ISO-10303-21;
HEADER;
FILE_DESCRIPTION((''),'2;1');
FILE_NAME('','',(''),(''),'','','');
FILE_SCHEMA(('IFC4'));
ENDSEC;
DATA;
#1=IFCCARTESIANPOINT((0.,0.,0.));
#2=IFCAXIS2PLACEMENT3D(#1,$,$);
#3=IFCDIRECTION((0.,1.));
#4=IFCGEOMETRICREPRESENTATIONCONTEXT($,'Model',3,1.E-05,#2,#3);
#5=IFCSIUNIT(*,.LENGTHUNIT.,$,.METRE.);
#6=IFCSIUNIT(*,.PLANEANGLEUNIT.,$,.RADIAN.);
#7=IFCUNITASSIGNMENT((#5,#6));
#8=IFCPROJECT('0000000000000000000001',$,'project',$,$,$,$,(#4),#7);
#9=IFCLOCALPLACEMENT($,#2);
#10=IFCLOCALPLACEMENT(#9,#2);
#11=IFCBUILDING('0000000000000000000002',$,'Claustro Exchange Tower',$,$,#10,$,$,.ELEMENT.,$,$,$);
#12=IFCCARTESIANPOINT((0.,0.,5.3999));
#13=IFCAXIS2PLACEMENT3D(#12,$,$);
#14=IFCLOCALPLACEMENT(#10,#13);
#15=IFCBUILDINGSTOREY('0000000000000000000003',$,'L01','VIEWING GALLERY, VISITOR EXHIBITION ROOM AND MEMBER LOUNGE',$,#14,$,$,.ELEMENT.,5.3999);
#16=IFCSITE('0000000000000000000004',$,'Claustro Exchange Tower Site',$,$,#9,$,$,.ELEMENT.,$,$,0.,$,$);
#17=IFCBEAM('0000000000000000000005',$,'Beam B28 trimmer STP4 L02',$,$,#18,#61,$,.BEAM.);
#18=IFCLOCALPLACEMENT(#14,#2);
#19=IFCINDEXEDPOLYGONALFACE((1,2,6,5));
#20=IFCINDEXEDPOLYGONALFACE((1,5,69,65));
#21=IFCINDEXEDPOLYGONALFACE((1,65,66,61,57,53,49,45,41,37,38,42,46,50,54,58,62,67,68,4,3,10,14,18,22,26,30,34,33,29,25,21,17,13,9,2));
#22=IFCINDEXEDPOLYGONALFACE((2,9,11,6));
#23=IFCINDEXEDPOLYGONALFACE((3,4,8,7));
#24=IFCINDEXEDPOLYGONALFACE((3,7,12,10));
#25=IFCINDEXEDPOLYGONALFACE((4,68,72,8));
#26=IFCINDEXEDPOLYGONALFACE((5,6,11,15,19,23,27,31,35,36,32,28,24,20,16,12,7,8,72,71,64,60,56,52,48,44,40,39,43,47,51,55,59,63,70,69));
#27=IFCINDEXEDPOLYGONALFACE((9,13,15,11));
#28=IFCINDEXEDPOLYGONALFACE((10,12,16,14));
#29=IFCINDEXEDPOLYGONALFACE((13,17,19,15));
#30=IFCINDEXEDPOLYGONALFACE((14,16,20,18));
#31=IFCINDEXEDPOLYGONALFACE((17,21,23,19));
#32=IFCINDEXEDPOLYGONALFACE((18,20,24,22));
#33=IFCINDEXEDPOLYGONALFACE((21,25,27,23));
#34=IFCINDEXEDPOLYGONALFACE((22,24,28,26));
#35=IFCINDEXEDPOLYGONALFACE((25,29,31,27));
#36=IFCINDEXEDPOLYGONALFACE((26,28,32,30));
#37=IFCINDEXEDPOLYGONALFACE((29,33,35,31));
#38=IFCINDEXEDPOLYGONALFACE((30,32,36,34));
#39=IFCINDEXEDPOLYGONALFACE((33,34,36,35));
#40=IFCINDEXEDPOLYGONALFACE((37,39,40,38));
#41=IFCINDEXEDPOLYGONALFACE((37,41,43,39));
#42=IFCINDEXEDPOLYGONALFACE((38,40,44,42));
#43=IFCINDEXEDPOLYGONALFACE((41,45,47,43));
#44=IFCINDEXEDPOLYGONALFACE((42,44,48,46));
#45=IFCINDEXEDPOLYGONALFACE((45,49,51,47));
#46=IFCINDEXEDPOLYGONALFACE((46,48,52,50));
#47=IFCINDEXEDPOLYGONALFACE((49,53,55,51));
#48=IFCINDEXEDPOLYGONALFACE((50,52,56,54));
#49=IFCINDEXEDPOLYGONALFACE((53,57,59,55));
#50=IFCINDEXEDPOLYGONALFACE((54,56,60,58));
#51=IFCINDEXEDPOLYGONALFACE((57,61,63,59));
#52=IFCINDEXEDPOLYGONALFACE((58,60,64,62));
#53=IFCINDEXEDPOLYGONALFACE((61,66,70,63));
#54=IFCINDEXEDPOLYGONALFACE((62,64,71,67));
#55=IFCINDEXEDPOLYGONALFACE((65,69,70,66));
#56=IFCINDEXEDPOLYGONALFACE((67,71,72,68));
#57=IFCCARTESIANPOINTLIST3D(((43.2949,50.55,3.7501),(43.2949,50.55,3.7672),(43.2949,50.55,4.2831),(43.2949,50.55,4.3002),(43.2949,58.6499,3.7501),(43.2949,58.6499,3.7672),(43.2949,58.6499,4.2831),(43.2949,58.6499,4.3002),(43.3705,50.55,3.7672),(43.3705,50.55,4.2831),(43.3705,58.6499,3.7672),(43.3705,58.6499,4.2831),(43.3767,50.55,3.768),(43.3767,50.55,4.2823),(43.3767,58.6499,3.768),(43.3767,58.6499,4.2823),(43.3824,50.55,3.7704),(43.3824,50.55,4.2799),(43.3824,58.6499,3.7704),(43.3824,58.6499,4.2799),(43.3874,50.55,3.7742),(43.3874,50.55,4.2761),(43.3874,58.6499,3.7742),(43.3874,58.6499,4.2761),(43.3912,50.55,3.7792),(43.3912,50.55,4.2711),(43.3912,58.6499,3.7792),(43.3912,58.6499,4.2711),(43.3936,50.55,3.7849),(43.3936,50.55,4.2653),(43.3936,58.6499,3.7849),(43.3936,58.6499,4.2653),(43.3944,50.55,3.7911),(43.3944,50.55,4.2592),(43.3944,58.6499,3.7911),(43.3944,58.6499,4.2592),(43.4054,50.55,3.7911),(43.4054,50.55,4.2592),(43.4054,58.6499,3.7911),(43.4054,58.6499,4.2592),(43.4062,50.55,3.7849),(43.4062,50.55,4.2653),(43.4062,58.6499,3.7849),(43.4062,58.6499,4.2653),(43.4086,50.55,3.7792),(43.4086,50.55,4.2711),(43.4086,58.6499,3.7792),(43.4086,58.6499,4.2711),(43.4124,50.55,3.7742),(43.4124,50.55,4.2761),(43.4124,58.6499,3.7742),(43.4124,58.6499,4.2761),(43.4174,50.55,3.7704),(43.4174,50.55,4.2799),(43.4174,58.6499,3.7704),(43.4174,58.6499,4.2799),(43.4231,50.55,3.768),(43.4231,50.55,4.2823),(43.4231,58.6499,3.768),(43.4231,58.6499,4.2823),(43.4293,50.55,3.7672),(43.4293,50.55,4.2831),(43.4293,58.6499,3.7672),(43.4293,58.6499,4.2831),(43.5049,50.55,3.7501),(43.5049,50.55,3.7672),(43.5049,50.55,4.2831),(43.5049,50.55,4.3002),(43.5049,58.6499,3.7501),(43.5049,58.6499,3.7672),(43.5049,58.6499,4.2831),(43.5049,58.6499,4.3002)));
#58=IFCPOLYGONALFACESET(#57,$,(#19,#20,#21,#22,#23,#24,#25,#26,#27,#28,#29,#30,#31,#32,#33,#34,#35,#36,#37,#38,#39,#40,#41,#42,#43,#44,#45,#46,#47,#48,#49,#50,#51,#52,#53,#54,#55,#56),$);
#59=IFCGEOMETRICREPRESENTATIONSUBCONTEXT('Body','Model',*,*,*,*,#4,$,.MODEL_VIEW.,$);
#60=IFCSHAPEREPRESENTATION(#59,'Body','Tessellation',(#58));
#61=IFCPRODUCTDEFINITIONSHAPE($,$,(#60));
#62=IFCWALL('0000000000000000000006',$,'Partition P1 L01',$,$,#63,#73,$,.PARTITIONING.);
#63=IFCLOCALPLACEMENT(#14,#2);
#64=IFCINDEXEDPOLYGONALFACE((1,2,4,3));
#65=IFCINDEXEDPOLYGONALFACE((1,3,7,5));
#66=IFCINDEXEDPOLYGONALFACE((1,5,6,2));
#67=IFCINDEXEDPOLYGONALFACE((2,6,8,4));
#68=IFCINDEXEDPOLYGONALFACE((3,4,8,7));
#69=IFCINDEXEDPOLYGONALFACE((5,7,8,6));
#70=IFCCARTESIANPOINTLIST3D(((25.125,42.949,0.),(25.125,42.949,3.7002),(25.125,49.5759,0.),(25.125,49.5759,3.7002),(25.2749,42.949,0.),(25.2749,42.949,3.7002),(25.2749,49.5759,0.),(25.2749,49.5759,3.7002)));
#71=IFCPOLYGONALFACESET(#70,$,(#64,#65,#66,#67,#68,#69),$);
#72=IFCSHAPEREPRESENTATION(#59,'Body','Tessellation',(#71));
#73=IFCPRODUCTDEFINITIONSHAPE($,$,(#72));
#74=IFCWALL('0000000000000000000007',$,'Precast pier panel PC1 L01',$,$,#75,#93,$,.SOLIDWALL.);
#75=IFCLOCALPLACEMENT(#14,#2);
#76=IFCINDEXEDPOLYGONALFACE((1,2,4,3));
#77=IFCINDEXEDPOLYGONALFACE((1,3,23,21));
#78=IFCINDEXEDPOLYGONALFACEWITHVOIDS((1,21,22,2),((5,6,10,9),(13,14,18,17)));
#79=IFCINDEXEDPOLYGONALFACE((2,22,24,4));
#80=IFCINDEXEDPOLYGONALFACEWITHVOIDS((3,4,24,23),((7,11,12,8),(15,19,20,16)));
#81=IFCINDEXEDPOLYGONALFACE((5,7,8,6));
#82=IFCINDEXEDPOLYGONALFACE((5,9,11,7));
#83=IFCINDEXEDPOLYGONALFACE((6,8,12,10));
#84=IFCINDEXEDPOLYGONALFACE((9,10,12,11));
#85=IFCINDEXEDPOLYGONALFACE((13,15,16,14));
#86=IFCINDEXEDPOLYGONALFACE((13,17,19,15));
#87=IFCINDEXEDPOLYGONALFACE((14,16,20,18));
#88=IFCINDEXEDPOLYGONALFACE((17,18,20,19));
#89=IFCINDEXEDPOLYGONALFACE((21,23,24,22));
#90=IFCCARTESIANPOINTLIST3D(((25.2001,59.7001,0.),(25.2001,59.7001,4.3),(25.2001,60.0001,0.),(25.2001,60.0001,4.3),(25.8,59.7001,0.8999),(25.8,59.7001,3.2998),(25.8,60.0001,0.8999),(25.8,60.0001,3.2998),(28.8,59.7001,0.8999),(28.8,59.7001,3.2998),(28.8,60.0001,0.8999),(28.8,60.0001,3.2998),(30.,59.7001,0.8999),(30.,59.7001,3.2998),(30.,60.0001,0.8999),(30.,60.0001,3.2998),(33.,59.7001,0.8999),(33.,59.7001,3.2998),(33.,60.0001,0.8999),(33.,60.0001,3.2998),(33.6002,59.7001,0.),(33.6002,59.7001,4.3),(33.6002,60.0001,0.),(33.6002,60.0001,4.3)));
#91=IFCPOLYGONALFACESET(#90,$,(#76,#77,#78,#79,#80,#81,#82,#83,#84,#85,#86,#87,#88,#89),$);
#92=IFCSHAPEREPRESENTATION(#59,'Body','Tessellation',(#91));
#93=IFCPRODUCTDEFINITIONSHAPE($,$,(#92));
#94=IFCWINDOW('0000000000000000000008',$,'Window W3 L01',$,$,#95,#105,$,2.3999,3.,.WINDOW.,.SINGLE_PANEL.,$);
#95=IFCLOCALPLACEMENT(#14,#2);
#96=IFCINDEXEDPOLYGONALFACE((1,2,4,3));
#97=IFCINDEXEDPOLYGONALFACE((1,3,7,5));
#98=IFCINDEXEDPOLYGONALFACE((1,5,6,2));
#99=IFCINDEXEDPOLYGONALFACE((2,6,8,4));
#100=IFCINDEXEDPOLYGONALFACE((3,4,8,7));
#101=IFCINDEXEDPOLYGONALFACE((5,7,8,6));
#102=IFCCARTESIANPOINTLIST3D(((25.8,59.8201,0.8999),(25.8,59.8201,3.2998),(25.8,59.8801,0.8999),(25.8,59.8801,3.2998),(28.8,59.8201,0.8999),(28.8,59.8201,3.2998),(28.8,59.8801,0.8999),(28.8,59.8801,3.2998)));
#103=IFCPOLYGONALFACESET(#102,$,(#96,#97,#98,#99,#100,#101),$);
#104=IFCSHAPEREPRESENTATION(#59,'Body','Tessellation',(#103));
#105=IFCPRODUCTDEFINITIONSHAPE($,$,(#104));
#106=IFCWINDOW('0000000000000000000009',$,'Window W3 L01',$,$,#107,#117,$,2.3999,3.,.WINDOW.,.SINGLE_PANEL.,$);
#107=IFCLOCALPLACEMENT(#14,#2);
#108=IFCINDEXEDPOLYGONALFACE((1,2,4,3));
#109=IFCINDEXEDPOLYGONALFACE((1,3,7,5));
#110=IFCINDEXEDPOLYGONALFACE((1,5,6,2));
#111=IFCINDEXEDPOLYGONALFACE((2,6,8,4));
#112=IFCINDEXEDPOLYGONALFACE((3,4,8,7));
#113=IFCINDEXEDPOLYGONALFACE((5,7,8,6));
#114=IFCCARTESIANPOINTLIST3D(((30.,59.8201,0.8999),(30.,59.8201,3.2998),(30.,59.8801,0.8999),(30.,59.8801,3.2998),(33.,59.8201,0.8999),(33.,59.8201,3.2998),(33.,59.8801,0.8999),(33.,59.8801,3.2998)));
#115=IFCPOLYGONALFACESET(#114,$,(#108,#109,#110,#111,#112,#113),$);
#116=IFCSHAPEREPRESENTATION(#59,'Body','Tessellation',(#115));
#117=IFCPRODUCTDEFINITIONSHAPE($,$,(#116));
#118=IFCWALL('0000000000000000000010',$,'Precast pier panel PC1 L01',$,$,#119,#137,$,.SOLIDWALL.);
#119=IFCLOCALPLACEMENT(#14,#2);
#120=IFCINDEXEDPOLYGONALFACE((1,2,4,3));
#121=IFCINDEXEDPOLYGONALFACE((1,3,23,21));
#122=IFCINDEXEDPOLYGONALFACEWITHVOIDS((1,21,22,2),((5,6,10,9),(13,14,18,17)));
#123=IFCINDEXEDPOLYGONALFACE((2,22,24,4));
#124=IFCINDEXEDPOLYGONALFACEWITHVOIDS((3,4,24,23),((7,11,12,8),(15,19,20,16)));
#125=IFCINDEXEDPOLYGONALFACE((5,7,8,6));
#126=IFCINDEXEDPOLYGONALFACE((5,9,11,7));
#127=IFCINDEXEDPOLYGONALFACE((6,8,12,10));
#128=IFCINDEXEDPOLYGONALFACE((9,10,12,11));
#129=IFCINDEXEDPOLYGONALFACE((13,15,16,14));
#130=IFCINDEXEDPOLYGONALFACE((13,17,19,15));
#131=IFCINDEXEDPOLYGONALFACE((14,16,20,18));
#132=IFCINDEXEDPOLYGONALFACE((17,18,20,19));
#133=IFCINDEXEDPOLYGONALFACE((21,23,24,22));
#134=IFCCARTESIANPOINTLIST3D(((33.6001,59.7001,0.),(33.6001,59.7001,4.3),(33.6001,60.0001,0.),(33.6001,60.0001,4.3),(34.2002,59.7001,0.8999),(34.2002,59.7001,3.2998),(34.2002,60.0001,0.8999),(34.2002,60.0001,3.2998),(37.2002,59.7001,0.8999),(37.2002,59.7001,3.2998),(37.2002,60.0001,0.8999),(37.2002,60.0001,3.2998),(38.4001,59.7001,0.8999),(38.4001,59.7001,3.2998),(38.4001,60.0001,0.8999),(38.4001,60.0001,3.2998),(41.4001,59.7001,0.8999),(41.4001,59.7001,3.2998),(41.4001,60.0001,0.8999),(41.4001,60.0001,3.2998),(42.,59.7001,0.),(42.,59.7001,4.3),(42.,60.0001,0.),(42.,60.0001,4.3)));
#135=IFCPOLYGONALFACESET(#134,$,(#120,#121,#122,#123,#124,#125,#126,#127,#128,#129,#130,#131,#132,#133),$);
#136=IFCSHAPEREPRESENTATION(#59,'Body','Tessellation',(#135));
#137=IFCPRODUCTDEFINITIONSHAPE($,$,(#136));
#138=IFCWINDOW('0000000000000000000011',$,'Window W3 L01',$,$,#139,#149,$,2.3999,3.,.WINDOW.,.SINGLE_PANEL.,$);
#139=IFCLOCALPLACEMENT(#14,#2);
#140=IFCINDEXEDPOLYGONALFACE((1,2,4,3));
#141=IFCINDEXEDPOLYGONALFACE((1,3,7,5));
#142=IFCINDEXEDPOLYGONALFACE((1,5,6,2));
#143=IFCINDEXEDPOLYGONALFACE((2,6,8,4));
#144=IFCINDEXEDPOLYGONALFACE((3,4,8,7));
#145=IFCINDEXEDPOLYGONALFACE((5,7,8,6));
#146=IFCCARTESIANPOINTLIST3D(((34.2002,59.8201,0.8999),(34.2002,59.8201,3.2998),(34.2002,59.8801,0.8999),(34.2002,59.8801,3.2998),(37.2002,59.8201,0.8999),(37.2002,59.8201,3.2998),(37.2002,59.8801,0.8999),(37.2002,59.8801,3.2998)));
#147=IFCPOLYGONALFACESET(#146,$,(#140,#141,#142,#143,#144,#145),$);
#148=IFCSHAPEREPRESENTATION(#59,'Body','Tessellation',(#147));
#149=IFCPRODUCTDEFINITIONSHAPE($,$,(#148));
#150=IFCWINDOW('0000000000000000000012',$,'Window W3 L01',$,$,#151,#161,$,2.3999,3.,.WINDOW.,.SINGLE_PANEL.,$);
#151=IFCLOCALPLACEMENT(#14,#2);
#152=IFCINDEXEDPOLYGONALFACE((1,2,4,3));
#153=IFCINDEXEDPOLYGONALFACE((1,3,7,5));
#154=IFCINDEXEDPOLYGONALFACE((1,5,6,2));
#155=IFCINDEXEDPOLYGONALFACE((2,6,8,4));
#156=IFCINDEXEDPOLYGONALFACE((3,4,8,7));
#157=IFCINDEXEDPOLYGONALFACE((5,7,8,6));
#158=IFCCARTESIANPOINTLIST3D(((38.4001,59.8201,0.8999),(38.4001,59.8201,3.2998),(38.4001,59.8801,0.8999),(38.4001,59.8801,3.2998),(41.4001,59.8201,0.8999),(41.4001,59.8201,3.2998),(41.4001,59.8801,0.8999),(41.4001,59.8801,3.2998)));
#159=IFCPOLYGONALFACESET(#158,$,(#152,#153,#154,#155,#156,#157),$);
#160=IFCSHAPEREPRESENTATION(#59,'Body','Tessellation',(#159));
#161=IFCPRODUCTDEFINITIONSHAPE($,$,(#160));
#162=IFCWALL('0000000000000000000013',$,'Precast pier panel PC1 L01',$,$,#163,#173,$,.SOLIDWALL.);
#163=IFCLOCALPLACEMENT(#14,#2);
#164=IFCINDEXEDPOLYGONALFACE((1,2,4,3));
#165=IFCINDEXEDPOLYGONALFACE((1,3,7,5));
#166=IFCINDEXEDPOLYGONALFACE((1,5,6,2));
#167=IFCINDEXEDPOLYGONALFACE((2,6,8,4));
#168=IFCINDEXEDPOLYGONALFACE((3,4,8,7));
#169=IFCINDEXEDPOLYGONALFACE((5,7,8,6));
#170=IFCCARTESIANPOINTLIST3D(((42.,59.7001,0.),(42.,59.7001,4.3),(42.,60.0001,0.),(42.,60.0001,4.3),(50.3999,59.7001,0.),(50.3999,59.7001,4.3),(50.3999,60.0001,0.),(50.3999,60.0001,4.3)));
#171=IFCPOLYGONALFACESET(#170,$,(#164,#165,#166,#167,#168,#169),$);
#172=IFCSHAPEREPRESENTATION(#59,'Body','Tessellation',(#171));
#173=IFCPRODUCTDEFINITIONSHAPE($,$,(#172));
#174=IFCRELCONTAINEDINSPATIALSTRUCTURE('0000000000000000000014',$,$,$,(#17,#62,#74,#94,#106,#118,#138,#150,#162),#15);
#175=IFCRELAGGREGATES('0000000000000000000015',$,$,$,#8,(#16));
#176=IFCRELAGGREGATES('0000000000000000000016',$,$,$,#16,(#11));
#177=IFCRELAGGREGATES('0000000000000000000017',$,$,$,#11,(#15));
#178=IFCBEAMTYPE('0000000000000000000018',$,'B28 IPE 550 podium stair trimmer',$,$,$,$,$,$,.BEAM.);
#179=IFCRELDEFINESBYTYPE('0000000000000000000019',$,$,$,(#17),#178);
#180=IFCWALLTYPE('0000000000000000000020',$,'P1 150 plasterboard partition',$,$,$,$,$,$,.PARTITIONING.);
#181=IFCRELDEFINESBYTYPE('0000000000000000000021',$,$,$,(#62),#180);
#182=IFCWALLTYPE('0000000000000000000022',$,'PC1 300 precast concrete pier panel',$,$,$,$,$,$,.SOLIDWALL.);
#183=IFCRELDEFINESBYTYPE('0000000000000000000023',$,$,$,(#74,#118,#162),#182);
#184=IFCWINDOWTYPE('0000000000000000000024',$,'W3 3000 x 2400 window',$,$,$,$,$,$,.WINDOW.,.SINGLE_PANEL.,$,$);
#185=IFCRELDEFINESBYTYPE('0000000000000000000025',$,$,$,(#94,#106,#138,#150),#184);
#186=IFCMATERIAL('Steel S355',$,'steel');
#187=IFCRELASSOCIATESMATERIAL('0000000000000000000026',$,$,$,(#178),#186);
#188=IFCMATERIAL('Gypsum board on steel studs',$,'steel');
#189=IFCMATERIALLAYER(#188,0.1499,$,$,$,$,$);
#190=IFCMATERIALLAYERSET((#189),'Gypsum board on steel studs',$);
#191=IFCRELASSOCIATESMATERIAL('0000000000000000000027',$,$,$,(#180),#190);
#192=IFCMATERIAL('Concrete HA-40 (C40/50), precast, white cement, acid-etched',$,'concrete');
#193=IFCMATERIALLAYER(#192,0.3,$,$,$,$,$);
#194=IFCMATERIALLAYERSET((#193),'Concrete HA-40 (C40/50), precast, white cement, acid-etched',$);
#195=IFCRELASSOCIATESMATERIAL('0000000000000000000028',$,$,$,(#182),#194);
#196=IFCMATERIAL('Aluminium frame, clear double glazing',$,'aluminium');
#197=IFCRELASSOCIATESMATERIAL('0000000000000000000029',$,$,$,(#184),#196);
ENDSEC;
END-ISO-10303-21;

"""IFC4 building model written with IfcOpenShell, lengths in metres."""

from ifc_helpers import new_model, si_unit, direction, frame, frame_2d, origin, origin_2d, place, context, subcontext, project, spatial, rectangle, i_section, extrude, material, layer, layer_set, material_profile, profile_set, type_object, element, fill, save


model = new_model("IFC4")

# Units and contexts
model_context = context("Model", 3, precision=1e-05, world=origin(), true_north=direction((0.0, 1.0)))
body_context = subcontext(model_context, "Body", "Model", "MODEL_VIEW")
ifc_project = project(units=[si_unit("LENGTHUNIT", "METRE"), si_unit("PLANEANGLEUNIT", "RADIAN")], contexts=[model_context])

# Site, building, storey
site_placement = place(None, origin())
site = spatial("IfcSite", under=ifc_project, at=site_placement, Name="Claustro Exchange Tower Site", CompositionType="ELEMENT", RefElevation=0.0)
building_placement = place(site_placement, origin())
building = spatial("IfcBuilding", under=site, at=building_placement, Name="Claustro Exchange Tower", CompositionType="ELEMENT")
storey_placement = place(building_placement, frame((0.0, 0.0, 5.3999)))
storey = spatial("IfcBuildingStorey", under=building, at=storey_placement, Name="L01", Description="VIEWING GALLERY, VISITOR EXHIBITION ROOM AND MEMBER LOUNGE", CompositionType="ELEMENT", Elevation=5.3999)

# Beam
ifc_material_1 = material(Name="Steel S355", Category="steel")
ifc_material_profile_1 = material_profile(ifc_material_1, i_section(OverallWidth=0.21, OverallDepth=0.55, WebThickness=0.011, FlangeThickness=0.0171, FilletRadius=0.0239, at=origin_2d()), Name="IPE 550")
ifc_profile_set_1 = profile_set([ifc_material_profile_1], Name="Steel S355")
beam_type_1 = type_object("IfcBeamType", Name="B28 IPE 550 podium stair trimmer", PredefinedType="BEAM", material=ifc_profile_set_1)
beam_1_placement = place(storey_placement, frame((43.3999, 50.55, 4.0251), z_axis=(0.0, 1.0, 0.0), x_axis=(-1.0, 0.0, 0.0)))
element("IfcBeam", 1, at=beam_1_placement, inside=storey, type_object=beam_type_1, Name="Beam B28 trimmer STP4 L02", PredefinedType="BEAM", context=body_context, shape_type="SweptSolid", body=[
    extrude(i_section(OverallWidth=0.21, OverallDepth=0.55, WebThickness=0.011, FlangeThickness=0.0171, FilletRadius=0.0239, at=origin_2d()), origin(), (0.0, 0.0, 1.0), 8.0999),
])

# Wall
ifc_material_2 = material(Name="Gypsum board on steel studs", Category="steel")
ifc_layer_1 = layer(ifc_material_2, 0.1499)
ifc_layer_set_1 = layer_set([ifc_layer_1], Name="Gypsum board on steel studs")
wall_type_1 = type_object("IfcWallType", Name="P1 150 plasterboard partition", PredefinedType="PARTITIONING", material=ifc_layer_set_1)
wall_1_placement = place(storey_placement, frame((25.2, 42.949, 0.0), z_axis=(0.0, 0.0, 1.0), x_axis=(0.0, 1.0, 0.0)))
element("IfcWall", 2, at=wall_1_placement, inside=storey, type_object=wall_type_1, Name="Partition P1 L01", PredefinedType="PARTITIONING", context=body_context, shape_type="SweptSolid", body=[
    extrude(rectangle(XDim=6.627, YDim=0.1499, at=frame_2d((3.3135, 0.0))), origin(), (0.0, 0.0, 1.0), 3.7002),
])

# Walls, openings, windows
ifc_material_3 = material(Name="Concrete HA-40 (C40/50), precast, white cement, acid-etched", Category="concrete")
ifc_layer_2 = layer(ifc_material_3, 0.3)
ifc_layer_set_2 = layer_set([ifc_layer_2], Name="Concrete HA-40 (C40/50), precast, white cement, acid-etched")
wall_type_2 = type_object("IfcWallType", Name="PC1 300 precast concrete pier panel", PredefinedType="SOLIDWALL", material=ifc_layer_set_2)
wall_2_placement = place(storey_placement, frame((25.2, 59.8501, 0.0), z_axis=(0.0, 0.0, 1.0), x_axis=(1.0, 0.0, 0.0)))
wall_2 = element("IfcWall", 3, at=wall_2_placement, inside=storey, type_object=wall_type_2, Name="Precast pier panel PC1 L01", PredefinedType="SOLIDWALL", context=body_context, shape_type="SweptSolid", body=[
    extrude(rectangle(XDim=8.4001, YDim=0.3, at=frame_2d((4.2002, 0.0))), origin(), (0.0, 0.0, 1.0), 4.3),
])
opening_1_placement = place(wall_2_placement, frame((0.6001, 0.0, 0.8999)))
opening_1 = element("IfcOpeningElement", 4, at=opening_1_placement, cuts=wall_2, PredefinedType="OPENING", context=body_context, shape_type="SweptSolid", body=[
    extrude(rectangle(XDim=3.0, YDim=2.3999, at=frame_2d((1.5, 1.2))), frame((0.0, 0.1599, 0.0), z_axis=(0.0, -1.0, 0.0), x_axis=(1.0, 0.0, 0.0)), (0.0, 0.0, 1.0), 0.3201),
])
opening_2_placement = place(wall_2_placement, frame((4.8, 0.0, 0.8999)))
opening_2 = element("IfcOpeningElement", 5, at=opening_2_placement, cuts=wall_2, PredefinedType="OPENING", context=body_context, shape_type="SweptSolid", body=[
    extrude(rectangle(XDim=3.0, YDim=2.3999, at=frame_2d((1.5, 1.2))), frame((0.0, 0.1599, 0.0), z_axis=(0.0, -1.0, 0.0), x_axis=(1.0, 0.0, 0.0)), (0.0, 0.0, 1.0), 0.3201),
])
ifc_material_4 = material(Name="Aluminium frame, clear double glazing", Category="aluminium")
window_type = type_object("IfcWindowType", Name="W3 3000 x 2400 window", PartitioningType="SINGLE_PANEL", PredefinedType="WINDOW", material=ifc_material_4)
window_1_placement = place(opening_1_placement, origin())
window_1 = element("IfcWindow", 6, at=window_1_placement, inside=storey, type_object=window_type, Name="Window W3 L01", OverallHeight=2.3999, OverallWidth=3.0, PartitioningType="SINGLE_PANEL", PredefinedType="WINDOW", context=body_context, shape_type="SweptSolid", body=[
    extrude(rectangle(XDim=3.0, YDim=2.3999, at=frame_2d((1.5, 1.2))), frame((0.0, 0.03, 0.0), z_axis=(0.0, -1.0, 0.0), x_axis=(1.0, 0.0, 0.0)), (0.0, 0.0, 1.0), 0.0601),
])
fill(opening_1, window_1)
window_2_placement = place(opening_2_placement, origin())
window_2 = element("IfcWindow", 7, at=window_2_placement, inside=storey, type_object=window_type, Name="Window W3 L01", OverallHeight=2.3999, OverallWidth=3.0, PartitioningType="SINGLE_PANEL", PredefinedType="WINDOW", context=body_context, shape_type="SweptSolid", body=[
    extrude(rectangle(XDim=3.0, YDim=2.3999, at=frame_2d((1.5, 1.2))), frame((0.0, 0.03, 0.0), z_axis=(0.0, -1.0, 0.0), x_axis=(1.0, 0.0, 0.0)), (0.0, 0.0, 1.0), 0.0601),
])
fill(opening_2, window_2)
wall_3_placement = place(storey_placement, frame((33.6001, 59.8501, 0.0), z_axis=(0.0, 0.0, 1.0), x_axis=(1.0, 0.0, 0.0)))
wall_3 = element("IfcWall", 8, at=wall_3_placement, inside=storey, type_object=wall_type_2, Name="Precast pier panel PC1 L01", PredefinedType="SOLIDWALL", context=body_context, shape_type="SweptSolid", body=[
    extrude(rectangle(XDim=8.3999, YDim=0.3, at=frame_2d((4.2, 0.0))), origin(), (0.0, 0.0, 1.0), 4.3),
])
opening_3_placement = place(wall_3_placement, frame((0.6001, 0.0, 0.8999)))
opening_3 = element("IfcOpeningElement", 9, at=opening_3_placement, cuts=wall_3, PredefinedType="OPENING", context=body_context, shape_type="SweptSolid", body=[
    extrude(rectangle(XDim=3.0, YDim=2.3999, at=frame_2d((1.5, 1.2))), frame((0.0, 0.1599, 0.0), z_axis=(0.0, -1.0, 0.0), x_axis=(1.0, 0.0, 0.0)), (0.0, 0.0, 1.0), 0.3201),
])
opening_4_placement = place(wall_3_placement, frame((4.8, 0.0, 0.8999)))
opening_4 = element("IfcOpeningElement", 10, at=opening_4_placement, cuts=wall_3, PredefinedType="OPENING", context=body_context, shape_type="SweptSolid", body=[
    extrude(rectangle(XDim=3.0, YDim=2.3999, at=frame_2d((1.5, 1.2))), frame((0.0, 0.1599, 0.0), z_axis=(0.0, -1.0, 0.0), x_axis=(1.0, 0.0, 0.0)), (0.0, 0.0, 1.0), 0.3201),
])
window_3_placement = place(opening_3_placement, origin())
window_3 = element("IfcWindow", 11, at=window_3_placement, inside=storey, type_object=window_type, Name="Window W3 L01", OverallHeight=2.3999, OverallWidth=3.0, PartitioningType="SINGLE_PANEL", PredefinedType="WINDOW", context=body_context, shape_type="SweptSolid", body=[
    extrude(rectangle(XDim=3.0, YDim=2.3999, at=frame_2d((1.5, 1.2))), frame((0.0, 0.03, 0.0), z_axis=(0.0, -1.0, 0.0), x_axis=(1.0, 0.0, 0.0)), (0.0, 0.0, 1.0), 0.0601),
])
fill(opening_3, window_3)
window_4_placement = place(opening_4_placement, origin())
window_4 = element("IfcWindow", 12, at=window_4_placement, inside=storey, type_object=window_type, Name="Window W3 L01", OverallHeight=2.3999, OverallWidth=3.0, PartitioningType="SINGLE_PANEL", PredefinedType="WINDOW", context=body_context, shape_type="SweptSolid", body=[
    extrude(rectangle(XDim=3.0, YDim=2.3999, at=frame_2d((1.5, 1.2))), frame((0.0, 0.03, 0.0), z_axis=(0.0, -1.0, 0.0), x_axis=(1.0, 0.0, 0.0)), (0.0, 0.0, 1.0), 0.0601),
])
fill(opening_4, window_4)

# Wall
wall_4_placement = place(storey_placement, frame((42.0, 59.8501, 0.0), z_axis=(0.0, 0.0, 1.0), x_axis=(1.0, 0.0, 0.0)))
element("IfcWall", 13, at=wall_4_placement, inside=storey, type_object=wall_type_2, Name="Precast pier panel PC1 L01", PredefinedType="SOLIDWALL", context=body_context, shape_type="SweptSolid", body=[
    extrude(rectangle(XDim=8.3999, YDim=0.3, at=frame_2d((4.2, 0.0))), origin(), (0.0, 0.0, 1.0), 4.3),
])

save(model, "model.ifc")
